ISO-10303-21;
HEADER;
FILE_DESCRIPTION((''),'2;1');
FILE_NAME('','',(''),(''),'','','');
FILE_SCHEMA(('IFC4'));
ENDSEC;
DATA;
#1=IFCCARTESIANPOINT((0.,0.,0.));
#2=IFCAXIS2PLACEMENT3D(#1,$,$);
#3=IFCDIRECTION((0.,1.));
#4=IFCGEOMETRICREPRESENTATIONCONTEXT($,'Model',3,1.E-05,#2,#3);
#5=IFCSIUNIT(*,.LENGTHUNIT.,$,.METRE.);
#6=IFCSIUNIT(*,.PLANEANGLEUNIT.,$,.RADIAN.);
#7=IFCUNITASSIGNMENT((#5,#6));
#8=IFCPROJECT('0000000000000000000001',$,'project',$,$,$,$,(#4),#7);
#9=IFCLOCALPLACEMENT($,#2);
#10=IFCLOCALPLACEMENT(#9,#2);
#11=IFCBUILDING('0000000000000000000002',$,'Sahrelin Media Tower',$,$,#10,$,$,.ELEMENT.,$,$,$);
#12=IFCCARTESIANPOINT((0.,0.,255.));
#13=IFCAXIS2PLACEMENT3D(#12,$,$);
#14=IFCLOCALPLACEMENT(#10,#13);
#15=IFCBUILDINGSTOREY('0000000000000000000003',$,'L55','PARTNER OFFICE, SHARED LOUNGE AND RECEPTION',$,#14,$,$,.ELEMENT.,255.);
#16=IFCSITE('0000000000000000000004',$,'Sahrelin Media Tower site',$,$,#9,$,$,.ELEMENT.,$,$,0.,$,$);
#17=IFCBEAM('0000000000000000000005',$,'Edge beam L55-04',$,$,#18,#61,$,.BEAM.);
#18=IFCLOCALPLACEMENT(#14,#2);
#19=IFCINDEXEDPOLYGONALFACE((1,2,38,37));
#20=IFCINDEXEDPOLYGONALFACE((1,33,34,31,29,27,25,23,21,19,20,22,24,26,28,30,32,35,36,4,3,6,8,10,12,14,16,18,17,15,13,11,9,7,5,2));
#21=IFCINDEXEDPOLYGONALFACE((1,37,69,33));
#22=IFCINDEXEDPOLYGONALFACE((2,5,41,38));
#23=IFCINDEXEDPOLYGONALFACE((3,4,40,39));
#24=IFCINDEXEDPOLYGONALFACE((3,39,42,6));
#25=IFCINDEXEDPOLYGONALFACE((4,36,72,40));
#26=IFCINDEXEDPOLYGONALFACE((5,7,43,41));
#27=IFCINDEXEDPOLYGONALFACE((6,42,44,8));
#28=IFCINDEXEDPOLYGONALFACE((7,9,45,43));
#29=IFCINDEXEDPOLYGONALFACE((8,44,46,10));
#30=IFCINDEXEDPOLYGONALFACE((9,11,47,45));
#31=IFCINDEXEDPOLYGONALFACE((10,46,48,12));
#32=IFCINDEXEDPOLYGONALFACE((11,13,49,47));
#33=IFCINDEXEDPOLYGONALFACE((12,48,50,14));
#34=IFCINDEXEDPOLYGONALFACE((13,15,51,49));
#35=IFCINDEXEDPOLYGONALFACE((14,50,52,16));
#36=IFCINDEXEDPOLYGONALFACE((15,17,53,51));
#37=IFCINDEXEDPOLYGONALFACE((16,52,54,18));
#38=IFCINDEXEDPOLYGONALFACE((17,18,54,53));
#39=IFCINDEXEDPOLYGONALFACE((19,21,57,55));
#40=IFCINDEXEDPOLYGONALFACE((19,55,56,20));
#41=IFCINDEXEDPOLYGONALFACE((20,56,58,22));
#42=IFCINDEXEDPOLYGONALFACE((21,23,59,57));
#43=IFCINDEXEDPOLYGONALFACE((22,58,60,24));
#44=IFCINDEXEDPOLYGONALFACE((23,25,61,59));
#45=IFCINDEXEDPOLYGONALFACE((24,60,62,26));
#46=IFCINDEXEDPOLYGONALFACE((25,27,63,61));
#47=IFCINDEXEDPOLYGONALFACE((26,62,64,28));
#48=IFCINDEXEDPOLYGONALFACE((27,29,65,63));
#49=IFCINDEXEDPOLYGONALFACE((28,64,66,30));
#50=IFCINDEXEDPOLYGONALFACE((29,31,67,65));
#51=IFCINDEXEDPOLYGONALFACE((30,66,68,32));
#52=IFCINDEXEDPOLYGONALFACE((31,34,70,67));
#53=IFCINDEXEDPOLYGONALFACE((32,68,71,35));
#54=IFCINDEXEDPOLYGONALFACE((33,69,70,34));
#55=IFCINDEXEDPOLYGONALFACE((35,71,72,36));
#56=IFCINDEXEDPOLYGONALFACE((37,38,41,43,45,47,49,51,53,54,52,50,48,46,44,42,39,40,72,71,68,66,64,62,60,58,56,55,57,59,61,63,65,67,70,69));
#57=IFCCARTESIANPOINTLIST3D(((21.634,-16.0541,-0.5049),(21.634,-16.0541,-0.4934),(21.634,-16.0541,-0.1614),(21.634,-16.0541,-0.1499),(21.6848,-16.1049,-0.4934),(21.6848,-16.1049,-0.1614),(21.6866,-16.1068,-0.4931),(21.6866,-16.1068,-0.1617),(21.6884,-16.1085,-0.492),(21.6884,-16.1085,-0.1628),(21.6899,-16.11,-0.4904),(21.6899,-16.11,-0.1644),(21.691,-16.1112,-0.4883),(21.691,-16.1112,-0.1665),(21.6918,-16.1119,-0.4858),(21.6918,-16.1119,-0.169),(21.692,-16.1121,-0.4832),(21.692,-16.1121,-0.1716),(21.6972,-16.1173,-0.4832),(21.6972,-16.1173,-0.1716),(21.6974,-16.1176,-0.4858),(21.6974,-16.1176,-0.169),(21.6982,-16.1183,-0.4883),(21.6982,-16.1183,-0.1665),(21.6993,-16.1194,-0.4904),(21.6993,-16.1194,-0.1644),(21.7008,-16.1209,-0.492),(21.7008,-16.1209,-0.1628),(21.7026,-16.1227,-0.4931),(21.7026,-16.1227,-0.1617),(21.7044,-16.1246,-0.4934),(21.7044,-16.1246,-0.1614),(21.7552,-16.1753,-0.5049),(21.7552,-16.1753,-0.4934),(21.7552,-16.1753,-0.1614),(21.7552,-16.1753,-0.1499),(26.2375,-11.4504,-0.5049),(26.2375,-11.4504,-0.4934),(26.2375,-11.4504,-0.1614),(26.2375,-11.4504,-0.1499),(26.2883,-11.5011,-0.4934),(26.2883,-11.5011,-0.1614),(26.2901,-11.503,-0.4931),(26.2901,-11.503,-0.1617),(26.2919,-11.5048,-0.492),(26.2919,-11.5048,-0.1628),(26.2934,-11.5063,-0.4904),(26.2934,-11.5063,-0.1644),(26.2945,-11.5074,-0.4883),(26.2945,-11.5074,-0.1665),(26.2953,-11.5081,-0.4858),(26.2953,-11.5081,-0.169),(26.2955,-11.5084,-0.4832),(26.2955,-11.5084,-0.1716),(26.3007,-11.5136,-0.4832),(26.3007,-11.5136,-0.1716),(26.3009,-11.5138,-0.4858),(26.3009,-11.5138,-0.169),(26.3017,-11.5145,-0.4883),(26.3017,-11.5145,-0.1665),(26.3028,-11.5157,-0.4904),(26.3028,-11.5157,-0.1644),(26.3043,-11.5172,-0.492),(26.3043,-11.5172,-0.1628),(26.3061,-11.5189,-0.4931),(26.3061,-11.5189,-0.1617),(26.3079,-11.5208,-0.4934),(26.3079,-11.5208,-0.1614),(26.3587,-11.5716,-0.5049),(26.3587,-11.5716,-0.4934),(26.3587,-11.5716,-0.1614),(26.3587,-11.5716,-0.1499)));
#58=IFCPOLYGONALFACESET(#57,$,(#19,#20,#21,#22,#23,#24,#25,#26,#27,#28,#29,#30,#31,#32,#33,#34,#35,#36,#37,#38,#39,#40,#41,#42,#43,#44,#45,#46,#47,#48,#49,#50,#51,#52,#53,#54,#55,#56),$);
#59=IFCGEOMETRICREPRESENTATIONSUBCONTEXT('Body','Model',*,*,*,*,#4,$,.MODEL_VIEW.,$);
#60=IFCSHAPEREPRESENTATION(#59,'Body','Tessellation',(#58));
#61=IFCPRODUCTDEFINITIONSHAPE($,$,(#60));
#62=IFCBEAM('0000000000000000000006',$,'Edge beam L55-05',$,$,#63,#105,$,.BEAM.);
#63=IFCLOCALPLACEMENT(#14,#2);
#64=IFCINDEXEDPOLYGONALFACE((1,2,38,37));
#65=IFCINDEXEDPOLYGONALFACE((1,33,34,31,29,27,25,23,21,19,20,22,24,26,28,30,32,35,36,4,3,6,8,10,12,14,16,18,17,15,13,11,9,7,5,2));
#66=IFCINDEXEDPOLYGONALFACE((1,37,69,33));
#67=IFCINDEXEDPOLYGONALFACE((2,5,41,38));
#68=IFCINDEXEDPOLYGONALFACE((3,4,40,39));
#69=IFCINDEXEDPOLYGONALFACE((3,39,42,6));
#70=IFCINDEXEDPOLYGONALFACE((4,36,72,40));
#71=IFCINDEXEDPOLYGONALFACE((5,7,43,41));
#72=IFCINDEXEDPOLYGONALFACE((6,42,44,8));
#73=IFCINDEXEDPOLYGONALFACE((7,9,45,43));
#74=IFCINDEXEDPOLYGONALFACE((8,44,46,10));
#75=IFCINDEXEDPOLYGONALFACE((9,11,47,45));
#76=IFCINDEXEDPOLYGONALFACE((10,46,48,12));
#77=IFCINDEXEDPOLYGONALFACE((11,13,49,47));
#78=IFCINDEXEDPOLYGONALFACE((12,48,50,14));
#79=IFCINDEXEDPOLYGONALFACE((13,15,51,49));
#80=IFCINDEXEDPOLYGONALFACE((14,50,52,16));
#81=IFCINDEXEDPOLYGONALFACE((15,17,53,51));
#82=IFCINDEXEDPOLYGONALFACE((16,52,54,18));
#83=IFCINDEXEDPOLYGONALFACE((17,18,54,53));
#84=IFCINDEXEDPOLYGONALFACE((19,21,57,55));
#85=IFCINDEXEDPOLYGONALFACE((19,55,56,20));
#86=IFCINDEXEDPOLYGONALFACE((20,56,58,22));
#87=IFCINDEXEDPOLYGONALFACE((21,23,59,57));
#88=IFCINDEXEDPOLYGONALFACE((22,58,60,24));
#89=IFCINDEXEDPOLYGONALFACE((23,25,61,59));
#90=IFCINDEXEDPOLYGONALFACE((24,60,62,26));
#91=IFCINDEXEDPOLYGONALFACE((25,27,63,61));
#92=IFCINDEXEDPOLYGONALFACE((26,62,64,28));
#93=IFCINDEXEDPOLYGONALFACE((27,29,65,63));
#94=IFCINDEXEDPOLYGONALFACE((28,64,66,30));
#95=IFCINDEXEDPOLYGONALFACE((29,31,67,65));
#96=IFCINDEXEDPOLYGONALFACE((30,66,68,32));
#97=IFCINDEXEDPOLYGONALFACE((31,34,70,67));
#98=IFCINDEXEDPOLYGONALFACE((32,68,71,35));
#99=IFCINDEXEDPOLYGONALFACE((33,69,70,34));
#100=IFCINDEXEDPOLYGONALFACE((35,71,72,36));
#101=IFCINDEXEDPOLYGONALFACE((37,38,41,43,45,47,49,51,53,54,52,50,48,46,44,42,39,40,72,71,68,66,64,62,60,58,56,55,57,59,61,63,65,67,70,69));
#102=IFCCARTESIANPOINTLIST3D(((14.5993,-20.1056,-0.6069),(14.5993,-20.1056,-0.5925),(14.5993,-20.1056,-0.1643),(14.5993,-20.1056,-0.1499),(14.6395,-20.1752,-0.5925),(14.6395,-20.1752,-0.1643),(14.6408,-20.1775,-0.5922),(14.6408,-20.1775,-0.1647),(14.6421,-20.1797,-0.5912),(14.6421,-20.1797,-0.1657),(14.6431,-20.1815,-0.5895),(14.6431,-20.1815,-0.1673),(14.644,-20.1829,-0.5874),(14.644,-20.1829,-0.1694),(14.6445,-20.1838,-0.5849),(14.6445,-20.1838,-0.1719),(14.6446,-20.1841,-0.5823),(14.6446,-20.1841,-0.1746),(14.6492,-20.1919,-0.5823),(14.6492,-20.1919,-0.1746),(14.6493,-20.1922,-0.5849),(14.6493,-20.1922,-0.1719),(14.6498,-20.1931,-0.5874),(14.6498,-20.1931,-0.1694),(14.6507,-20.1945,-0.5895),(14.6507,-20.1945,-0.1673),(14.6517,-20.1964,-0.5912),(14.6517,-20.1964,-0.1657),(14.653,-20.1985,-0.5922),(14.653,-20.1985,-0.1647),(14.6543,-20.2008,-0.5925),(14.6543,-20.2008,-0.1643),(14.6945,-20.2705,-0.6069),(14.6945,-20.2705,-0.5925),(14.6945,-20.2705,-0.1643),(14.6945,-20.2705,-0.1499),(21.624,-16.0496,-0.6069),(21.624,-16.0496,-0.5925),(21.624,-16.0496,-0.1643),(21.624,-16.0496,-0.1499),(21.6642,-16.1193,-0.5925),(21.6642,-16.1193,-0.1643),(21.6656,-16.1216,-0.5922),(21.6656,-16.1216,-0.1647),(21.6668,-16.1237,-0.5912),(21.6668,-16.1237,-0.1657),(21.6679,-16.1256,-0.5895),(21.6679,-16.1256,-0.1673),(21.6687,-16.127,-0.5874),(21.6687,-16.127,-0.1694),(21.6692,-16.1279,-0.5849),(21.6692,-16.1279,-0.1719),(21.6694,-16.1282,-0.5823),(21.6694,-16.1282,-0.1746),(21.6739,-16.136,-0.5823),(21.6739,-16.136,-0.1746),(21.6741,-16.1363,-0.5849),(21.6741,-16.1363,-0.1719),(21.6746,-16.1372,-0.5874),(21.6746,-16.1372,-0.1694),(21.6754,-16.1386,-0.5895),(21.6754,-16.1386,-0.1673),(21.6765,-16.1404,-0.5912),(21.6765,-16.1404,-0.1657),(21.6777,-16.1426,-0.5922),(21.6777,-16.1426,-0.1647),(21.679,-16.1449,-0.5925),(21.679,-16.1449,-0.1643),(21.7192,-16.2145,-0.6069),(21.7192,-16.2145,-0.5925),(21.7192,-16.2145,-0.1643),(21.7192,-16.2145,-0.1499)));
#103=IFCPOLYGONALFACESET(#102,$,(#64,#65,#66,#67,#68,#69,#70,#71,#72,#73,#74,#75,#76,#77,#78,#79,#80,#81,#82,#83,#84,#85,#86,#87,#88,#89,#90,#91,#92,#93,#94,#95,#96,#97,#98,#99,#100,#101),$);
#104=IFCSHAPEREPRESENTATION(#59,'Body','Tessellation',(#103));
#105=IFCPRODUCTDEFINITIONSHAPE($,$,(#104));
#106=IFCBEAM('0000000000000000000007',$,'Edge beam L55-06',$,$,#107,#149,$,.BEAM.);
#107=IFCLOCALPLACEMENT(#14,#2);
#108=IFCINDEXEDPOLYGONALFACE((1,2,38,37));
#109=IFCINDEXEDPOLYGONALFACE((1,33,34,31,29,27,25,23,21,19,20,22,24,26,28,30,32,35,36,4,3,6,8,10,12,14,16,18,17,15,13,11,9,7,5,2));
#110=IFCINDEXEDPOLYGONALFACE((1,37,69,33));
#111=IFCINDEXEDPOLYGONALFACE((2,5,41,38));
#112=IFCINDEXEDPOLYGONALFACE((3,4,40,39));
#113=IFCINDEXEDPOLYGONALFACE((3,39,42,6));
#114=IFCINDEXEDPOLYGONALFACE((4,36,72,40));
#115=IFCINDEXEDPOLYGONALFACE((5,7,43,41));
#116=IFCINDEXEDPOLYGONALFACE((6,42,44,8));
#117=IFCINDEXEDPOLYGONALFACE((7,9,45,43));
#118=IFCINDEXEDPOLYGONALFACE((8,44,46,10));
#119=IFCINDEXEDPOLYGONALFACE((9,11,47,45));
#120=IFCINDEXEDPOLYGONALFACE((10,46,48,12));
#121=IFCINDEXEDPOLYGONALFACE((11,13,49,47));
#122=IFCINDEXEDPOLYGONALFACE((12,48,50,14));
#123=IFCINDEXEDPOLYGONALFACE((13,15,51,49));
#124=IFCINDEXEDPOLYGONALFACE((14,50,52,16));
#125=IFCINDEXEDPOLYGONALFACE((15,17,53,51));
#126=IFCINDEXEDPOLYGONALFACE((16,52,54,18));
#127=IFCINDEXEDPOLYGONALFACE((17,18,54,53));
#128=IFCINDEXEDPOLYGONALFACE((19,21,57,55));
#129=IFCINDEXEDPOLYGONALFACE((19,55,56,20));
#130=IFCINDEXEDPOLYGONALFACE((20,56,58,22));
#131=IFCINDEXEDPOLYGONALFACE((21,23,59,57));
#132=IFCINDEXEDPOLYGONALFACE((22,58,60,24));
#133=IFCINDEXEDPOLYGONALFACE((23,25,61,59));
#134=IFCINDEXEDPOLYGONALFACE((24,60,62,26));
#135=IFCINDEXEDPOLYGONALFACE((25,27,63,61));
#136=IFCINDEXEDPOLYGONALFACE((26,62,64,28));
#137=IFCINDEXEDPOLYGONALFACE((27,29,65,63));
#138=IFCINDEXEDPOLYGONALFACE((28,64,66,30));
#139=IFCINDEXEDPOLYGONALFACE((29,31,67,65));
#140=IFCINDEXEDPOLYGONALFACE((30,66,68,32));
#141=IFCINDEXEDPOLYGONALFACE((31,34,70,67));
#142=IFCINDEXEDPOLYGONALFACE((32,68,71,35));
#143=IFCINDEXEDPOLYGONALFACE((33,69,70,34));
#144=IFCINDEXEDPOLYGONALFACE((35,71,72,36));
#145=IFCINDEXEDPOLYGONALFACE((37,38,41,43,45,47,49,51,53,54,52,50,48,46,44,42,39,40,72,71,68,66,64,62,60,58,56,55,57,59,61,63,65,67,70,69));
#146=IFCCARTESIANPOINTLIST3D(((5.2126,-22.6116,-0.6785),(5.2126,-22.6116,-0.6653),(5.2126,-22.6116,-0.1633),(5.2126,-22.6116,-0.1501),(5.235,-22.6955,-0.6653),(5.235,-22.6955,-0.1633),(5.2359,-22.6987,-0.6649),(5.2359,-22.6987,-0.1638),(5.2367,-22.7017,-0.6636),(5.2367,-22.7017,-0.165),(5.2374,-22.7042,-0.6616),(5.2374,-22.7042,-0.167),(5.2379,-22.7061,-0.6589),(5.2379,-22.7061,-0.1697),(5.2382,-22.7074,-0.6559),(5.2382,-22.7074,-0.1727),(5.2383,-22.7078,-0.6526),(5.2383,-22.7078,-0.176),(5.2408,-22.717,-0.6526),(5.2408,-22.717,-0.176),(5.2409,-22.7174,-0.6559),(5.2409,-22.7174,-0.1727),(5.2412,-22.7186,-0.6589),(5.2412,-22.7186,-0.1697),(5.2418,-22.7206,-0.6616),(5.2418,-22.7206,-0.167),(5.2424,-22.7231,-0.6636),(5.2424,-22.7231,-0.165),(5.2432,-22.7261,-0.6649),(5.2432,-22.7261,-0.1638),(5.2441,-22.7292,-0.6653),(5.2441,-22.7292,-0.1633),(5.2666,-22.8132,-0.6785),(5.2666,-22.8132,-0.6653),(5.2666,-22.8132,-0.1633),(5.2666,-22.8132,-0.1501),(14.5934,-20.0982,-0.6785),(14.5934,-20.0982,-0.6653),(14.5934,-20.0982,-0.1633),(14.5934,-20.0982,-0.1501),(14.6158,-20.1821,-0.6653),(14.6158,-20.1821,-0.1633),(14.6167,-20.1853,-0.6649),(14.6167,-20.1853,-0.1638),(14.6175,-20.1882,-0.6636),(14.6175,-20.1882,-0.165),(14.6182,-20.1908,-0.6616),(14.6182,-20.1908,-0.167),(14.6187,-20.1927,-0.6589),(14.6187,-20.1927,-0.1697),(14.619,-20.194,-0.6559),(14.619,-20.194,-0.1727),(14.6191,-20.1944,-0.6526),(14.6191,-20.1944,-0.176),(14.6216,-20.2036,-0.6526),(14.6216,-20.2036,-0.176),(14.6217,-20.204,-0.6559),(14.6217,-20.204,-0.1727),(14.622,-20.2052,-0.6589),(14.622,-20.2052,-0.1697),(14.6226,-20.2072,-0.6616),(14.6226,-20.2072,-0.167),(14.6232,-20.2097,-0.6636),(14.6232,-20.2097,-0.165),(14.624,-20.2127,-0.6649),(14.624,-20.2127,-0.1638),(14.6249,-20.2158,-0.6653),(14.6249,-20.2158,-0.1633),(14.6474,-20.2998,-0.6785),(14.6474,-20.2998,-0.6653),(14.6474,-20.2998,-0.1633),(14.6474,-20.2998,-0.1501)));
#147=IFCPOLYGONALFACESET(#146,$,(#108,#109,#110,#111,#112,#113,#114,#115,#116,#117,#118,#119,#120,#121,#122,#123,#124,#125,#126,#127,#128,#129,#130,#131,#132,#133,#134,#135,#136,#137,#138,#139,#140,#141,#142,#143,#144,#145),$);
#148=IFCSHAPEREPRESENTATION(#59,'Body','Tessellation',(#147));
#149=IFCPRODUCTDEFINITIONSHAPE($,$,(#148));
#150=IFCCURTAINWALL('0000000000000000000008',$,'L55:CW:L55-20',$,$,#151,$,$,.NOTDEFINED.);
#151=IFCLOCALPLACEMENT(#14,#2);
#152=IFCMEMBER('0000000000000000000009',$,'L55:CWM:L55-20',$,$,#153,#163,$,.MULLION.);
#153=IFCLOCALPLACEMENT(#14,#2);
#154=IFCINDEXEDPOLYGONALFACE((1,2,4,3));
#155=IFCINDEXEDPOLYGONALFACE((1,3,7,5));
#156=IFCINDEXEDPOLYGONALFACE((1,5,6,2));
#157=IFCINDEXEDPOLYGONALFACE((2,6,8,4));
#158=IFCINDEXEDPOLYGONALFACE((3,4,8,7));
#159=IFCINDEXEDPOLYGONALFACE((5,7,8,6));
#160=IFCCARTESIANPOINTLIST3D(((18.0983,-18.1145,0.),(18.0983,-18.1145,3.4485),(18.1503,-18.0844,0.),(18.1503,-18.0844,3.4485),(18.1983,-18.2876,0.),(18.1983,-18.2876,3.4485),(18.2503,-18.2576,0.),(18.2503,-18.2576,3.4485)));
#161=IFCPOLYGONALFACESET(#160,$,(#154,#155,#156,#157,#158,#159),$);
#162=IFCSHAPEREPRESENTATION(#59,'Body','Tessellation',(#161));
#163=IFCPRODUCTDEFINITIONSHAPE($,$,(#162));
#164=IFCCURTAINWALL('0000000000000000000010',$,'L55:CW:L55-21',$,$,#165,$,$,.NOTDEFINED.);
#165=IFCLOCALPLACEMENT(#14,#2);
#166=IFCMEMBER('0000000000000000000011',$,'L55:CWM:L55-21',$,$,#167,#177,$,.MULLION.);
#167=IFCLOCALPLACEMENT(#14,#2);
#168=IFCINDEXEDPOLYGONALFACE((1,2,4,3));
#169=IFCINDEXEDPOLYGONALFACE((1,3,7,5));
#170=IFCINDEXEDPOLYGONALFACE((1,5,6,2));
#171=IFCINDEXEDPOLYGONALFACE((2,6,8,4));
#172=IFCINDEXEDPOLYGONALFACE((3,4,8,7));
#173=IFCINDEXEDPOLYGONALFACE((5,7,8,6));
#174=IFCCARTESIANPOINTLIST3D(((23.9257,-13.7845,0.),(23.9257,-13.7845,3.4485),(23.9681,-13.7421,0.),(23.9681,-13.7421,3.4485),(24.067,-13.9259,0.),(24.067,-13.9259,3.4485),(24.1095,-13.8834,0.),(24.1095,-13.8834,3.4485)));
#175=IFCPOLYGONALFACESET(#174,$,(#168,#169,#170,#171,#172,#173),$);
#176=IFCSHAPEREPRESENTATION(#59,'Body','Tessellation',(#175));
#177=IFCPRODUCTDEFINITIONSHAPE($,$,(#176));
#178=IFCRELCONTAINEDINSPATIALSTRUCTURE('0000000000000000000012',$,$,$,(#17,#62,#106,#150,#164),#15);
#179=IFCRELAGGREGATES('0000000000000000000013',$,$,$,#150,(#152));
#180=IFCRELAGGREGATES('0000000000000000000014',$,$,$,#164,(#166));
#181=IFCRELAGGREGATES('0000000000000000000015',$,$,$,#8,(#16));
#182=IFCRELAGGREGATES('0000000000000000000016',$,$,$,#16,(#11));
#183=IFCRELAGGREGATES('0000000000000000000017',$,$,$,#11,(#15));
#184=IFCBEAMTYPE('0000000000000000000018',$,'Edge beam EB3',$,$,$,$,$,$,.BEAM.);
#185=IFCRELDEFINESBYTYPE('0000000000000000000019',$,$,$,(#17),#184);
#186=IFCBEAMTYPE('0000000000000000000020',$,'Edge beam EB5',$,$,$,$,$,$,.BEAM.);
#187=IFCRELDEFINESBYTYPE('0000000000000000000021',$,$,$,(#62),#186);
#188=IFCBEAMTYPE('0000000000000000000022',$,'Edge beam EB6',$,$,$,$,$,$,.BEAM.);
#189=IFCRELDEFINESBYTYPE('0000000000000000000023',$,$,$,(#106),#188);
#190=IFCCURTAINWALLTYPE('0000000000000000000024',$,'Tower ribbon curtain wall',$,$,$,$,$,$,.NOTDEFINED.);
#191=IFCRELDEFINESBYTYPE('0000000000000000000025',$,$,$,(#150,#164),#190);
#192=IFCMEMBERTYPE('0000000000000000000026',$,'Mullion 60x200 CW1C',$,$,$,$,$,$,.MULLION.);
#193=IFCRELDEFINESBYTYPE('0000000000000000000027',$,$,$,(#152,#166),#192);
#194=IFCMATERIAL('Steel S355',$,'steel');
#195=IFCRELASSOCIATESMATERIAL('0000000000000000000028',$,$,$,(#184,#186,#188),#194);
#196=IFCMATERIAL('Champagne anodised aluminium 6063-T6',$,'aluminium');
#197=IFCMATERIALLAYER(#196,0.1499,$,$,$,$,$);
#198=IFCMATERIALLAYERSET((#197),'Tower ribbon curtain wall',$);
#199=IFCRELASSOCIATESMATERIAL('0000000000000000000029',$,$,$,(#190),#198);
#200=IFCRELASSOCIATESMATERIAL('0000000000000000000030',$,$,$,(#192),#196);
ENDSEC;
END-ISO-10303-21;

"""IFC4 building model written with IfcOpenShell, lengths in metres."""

from ifc_helpers import new_model, si_unit, direction, frame, origin, origin_2d, place, context, subcontext, project, spatial, rectangle, i_section, extrude, material, layer, layer_set, material_profile, profile_set, type_object, element, aggregate, save


model = new_model("IFC4")

# Units and contexts
model_context = context("Model", 3, precision=1e-05, world=origin(), true_north=direction((0.0, 1.0)))
body_context = subcontext(model_context, "Body", "Model", "MODEL_VIEW")
ifc_project = project(units=[si_unit("LENGTHUNIT", "METRE"), si_unit("PLANEANGLEUNIT", "RADIAN")], contexts=[model_context])

# Site, building, storey
site_placement = place(None, origin())
site = spatial("IfcSite", under=ifc_project, at=site_placement, Name="Sahrelin Media Tower site", CompositionType="ELEMENT", RefElevation=0.0)
building_placement = place(site_placement, origin())
building = spatial("IfcBuilding", under=site, at=building_placement, Name="Sahrelin Media Tower", CompositionType="ELEMENT")
storey_placement = place(building_placement, frame((0.0, 0.0, 255.0)))
storey = spatial("IfcBuildingStorey", under=building, at=storey_placement, Name="L55", Description="PARTNER OFFICE, SHARED LOUNGE AND RECEPTION", CompositionType="ELEMENT", Elevation=255.0)

# Beams
ifc_material_1 = material(Name="Steel S355", Category="steel")
ifc_material_profile_1 = material_profile(ifc_material_1, i_section(OverallWidth=0.1714, OverallDepth=0.355, WebThickness=0.0073, FlangeThickness=0.0115, FilletRadius=0.0103, at=origin_2d()), Name="UB 356x171x51")
ifc_profile_set_1 = profile_set([ifc_material_profile_1], Name="Steel S355")
beam_type_1 = type_object("IfcBeamType", Name="Edge beam EB3", PredefinedType="BEAM", material=ifc_profile_set_1)
beam_1_placement = place(storey_placement, frame((26.2981, -11.511, -0.3274), z_axis=(-0.707088, -0.707126, 0.0), x_axis=(0.707126, -0.707088, 0.0)))
element("IfcBeam", 1, at=beam_1_placement, inside=storey, type_object=beam_type_1, Name="Edge beam L55-04", PredefinedType="BEAM", context=body_context, shape_type="SweptSolid", body=[
    extrude(i_section(OverallWidth=0.1714, OverallDepth=0.355, WebThickness=0.0073, FlangeThickness=0.0115, FilletRadius=0.0103, at=origin_2d()), origin(), (0.0, 0.0, 1.0), 6.5105),
])
ifc_material_profile_2 = material_profile(ifc_material_1, i_section(OverallWidth=0.1904, OverallDepth=0.457, WebThickness=0.009, FlangeThickness=0.0144, FilletRadius=0.0103, at=origin_2d()), Name="UB 457x191x74")
ifc_profile_set_2 = profile_set([ifc_material_profile_2], Name="Steel S355")
beam_type_2 = type_object("IfcBeamType", Name="Edge beam EB5", PredefinedType="BEAM", material=ifc_profile_set_2)
beam_2_placement = place(storey_placement, frame((21.6716, -16.1321, -0.3784), z_axis=(-0.866014, -0.50002, 0.0), x_axis=(0.50002, -0.866014, 0.0)))
element("IfcBeam", 2, at=beam_2_placement, inside=storey, type_object=beam_type_2, Name="Edge beam L55-05", PredefinedType="BEAM", context=body_context, shape_type="SweptSolid", body=[
    extrude(i_section(OverallWidth=0.1904, OverallDepth=0.457, WebThickness=0.009, FlangeThickness=0.0144, FilletRadius=0.0103, at=origin_2d()), origin(), (0.0, 0.0, 1.0), 8.1116),
])
ifc_material_profile_3 = material_profile(ifc_material_1, i_section(OverallWidth=0.2087, OverallDepth=0.5283, WebThickness=0.0095, FlangeThickness=0.0132, FilletRadius=0.0127, at=origin_2d()), Name="UB 533x210x82")
ifc_profile_set_3 = profile_set([ifc_material_profile_3], Name="Steel S355")
beam_type_3 = type_object("IfcBeamType", Name="Edge beam EB6", PredefinedType="BEAM", material=ifc_profile_set_3)
beam_3_placement = place(storey_placement, frame((14.6204, -20.199, -0.4143), z_axis=(-0.96593, -0.258803, 0.0), x_axis=(0.258803, -0.96593, 0.0)))
element("IfcBeam", 3, at=beam_3_placement, inside=storey, type_object=beam_type_3, Name="Edge beam L55-06", PredefinedType="BEAM", context=body_context, shape_type="SweptSolid", body=[
    extrude(i_section(OverallWidth=0.2087, OverallDepth=0.5283, WebThickness=0.0095, FlangeThickness=0.0132, FilletRadius=0.0127, at=origin_2d()), origin(), (0.0, 0.0, 1.0), 9.7117),
])

# Curtain walls, members
ifc_material_2 = material(Name="Champagne anodised aluminium 6063-T6", Category="aluminium")
ifc_layer_1 = layer(ifc_material_2, 0.1499)
ifc_layer_set_1 = layer_set([ifc_layer_1], Name="Tower ribbon curtain wall")
curtain_wall_type = type_object("IfcCurtainWallType", Name="Tower ribbon curtain wall", PredefinedType="NOTDEFINED", material=ifc_layer_set_1)
curtain_wall_1_placement = place(storey_placement, frame((18.2344, -18.29, 0.0), z_axis=(0.0, 0.0, 1.0), x_axis=(1.0, 0.0, 0.0)))
curtain_wall_1 = element("IfcCurtainWall", 4, at=curtain_wall_1_placement, inside=storey, type_object=curtain_wall_type, Name="L55:CW:L55-20", PredefinedType="NOTDEFINED")
ifc_material_profile_4 = material_profile(ifc_material_2, rectangle(XDim=0.0601, YDim=0.2, at=origin_2d()), Name="Mullion 60x200")
ifc_profile_set_4 = profile_set([ifc_material_profile_4], Name="Champagne anodised aluminium 6063-T6")
member_type_1 = type_object("IfcMemberType", Name="Mullion 60x200 CW1C", PredefinedType="MULLION", material=ifc_profile_set_4)
member_1_placement = place(storey_placement, frame((18.1743, -18.186, 0.0), z_axis=(0.0, 0.0, 1.0), x_axis=(0.866023, 0.500005, 0.0)))
member_1 = element("IfcMember", 5, at=member_1_placement, type_object=member_type_1, Name="L55:CWM:L55-20", PredefinedType="MULLION", context=body_context, shape_type="SweptSolid", body=[
    extrude(rectangle(XDim=0.0601, YDim=0.2, at=origin_2d()), origin(), (0.0, 0.0, 1.0), 3.4485),
])
curtain_wall_2_placement = place(storey_placement, frame((24.1023, -13.9189, 0.0), z_axis=(0.0, 0.0, 1.0), x_axis=(1.0, 0.0, 0.0)))
curtain_wall_2 = element("IfcCurtainWall", 6, at=curtain_wall_2_placement, inside=storey, type_object=curtain_wall_type, Name="L55:CW:L55-21", PredefinedType="NOTDEFINED")
member_2_placement = place(storey_placement, frame((24.0176, -13.834, 0.0), z_axis=(0.0, 0.0, 1.0), x_axis=(0.707107, 0.707107, 0.0)))
member_2 = element("IfcMember", 7, at=member_2_placement, type_object=member_type_1, Name="L55:CWM:L55-21", PredefinedType="MULLION", context=body_context, shape_type="SweptSolid", body=[
    extrude(rectangle(XDim=0.0601, YDim=0.2, at=origin_2d()), origin(), (0.0, 0.0, 1.0), 3.4485),
])

aggregate(curtain_wall_1, [member_1])
aggregate(curtain_wall_2, [member_2])

save(model, "model.ifc")
